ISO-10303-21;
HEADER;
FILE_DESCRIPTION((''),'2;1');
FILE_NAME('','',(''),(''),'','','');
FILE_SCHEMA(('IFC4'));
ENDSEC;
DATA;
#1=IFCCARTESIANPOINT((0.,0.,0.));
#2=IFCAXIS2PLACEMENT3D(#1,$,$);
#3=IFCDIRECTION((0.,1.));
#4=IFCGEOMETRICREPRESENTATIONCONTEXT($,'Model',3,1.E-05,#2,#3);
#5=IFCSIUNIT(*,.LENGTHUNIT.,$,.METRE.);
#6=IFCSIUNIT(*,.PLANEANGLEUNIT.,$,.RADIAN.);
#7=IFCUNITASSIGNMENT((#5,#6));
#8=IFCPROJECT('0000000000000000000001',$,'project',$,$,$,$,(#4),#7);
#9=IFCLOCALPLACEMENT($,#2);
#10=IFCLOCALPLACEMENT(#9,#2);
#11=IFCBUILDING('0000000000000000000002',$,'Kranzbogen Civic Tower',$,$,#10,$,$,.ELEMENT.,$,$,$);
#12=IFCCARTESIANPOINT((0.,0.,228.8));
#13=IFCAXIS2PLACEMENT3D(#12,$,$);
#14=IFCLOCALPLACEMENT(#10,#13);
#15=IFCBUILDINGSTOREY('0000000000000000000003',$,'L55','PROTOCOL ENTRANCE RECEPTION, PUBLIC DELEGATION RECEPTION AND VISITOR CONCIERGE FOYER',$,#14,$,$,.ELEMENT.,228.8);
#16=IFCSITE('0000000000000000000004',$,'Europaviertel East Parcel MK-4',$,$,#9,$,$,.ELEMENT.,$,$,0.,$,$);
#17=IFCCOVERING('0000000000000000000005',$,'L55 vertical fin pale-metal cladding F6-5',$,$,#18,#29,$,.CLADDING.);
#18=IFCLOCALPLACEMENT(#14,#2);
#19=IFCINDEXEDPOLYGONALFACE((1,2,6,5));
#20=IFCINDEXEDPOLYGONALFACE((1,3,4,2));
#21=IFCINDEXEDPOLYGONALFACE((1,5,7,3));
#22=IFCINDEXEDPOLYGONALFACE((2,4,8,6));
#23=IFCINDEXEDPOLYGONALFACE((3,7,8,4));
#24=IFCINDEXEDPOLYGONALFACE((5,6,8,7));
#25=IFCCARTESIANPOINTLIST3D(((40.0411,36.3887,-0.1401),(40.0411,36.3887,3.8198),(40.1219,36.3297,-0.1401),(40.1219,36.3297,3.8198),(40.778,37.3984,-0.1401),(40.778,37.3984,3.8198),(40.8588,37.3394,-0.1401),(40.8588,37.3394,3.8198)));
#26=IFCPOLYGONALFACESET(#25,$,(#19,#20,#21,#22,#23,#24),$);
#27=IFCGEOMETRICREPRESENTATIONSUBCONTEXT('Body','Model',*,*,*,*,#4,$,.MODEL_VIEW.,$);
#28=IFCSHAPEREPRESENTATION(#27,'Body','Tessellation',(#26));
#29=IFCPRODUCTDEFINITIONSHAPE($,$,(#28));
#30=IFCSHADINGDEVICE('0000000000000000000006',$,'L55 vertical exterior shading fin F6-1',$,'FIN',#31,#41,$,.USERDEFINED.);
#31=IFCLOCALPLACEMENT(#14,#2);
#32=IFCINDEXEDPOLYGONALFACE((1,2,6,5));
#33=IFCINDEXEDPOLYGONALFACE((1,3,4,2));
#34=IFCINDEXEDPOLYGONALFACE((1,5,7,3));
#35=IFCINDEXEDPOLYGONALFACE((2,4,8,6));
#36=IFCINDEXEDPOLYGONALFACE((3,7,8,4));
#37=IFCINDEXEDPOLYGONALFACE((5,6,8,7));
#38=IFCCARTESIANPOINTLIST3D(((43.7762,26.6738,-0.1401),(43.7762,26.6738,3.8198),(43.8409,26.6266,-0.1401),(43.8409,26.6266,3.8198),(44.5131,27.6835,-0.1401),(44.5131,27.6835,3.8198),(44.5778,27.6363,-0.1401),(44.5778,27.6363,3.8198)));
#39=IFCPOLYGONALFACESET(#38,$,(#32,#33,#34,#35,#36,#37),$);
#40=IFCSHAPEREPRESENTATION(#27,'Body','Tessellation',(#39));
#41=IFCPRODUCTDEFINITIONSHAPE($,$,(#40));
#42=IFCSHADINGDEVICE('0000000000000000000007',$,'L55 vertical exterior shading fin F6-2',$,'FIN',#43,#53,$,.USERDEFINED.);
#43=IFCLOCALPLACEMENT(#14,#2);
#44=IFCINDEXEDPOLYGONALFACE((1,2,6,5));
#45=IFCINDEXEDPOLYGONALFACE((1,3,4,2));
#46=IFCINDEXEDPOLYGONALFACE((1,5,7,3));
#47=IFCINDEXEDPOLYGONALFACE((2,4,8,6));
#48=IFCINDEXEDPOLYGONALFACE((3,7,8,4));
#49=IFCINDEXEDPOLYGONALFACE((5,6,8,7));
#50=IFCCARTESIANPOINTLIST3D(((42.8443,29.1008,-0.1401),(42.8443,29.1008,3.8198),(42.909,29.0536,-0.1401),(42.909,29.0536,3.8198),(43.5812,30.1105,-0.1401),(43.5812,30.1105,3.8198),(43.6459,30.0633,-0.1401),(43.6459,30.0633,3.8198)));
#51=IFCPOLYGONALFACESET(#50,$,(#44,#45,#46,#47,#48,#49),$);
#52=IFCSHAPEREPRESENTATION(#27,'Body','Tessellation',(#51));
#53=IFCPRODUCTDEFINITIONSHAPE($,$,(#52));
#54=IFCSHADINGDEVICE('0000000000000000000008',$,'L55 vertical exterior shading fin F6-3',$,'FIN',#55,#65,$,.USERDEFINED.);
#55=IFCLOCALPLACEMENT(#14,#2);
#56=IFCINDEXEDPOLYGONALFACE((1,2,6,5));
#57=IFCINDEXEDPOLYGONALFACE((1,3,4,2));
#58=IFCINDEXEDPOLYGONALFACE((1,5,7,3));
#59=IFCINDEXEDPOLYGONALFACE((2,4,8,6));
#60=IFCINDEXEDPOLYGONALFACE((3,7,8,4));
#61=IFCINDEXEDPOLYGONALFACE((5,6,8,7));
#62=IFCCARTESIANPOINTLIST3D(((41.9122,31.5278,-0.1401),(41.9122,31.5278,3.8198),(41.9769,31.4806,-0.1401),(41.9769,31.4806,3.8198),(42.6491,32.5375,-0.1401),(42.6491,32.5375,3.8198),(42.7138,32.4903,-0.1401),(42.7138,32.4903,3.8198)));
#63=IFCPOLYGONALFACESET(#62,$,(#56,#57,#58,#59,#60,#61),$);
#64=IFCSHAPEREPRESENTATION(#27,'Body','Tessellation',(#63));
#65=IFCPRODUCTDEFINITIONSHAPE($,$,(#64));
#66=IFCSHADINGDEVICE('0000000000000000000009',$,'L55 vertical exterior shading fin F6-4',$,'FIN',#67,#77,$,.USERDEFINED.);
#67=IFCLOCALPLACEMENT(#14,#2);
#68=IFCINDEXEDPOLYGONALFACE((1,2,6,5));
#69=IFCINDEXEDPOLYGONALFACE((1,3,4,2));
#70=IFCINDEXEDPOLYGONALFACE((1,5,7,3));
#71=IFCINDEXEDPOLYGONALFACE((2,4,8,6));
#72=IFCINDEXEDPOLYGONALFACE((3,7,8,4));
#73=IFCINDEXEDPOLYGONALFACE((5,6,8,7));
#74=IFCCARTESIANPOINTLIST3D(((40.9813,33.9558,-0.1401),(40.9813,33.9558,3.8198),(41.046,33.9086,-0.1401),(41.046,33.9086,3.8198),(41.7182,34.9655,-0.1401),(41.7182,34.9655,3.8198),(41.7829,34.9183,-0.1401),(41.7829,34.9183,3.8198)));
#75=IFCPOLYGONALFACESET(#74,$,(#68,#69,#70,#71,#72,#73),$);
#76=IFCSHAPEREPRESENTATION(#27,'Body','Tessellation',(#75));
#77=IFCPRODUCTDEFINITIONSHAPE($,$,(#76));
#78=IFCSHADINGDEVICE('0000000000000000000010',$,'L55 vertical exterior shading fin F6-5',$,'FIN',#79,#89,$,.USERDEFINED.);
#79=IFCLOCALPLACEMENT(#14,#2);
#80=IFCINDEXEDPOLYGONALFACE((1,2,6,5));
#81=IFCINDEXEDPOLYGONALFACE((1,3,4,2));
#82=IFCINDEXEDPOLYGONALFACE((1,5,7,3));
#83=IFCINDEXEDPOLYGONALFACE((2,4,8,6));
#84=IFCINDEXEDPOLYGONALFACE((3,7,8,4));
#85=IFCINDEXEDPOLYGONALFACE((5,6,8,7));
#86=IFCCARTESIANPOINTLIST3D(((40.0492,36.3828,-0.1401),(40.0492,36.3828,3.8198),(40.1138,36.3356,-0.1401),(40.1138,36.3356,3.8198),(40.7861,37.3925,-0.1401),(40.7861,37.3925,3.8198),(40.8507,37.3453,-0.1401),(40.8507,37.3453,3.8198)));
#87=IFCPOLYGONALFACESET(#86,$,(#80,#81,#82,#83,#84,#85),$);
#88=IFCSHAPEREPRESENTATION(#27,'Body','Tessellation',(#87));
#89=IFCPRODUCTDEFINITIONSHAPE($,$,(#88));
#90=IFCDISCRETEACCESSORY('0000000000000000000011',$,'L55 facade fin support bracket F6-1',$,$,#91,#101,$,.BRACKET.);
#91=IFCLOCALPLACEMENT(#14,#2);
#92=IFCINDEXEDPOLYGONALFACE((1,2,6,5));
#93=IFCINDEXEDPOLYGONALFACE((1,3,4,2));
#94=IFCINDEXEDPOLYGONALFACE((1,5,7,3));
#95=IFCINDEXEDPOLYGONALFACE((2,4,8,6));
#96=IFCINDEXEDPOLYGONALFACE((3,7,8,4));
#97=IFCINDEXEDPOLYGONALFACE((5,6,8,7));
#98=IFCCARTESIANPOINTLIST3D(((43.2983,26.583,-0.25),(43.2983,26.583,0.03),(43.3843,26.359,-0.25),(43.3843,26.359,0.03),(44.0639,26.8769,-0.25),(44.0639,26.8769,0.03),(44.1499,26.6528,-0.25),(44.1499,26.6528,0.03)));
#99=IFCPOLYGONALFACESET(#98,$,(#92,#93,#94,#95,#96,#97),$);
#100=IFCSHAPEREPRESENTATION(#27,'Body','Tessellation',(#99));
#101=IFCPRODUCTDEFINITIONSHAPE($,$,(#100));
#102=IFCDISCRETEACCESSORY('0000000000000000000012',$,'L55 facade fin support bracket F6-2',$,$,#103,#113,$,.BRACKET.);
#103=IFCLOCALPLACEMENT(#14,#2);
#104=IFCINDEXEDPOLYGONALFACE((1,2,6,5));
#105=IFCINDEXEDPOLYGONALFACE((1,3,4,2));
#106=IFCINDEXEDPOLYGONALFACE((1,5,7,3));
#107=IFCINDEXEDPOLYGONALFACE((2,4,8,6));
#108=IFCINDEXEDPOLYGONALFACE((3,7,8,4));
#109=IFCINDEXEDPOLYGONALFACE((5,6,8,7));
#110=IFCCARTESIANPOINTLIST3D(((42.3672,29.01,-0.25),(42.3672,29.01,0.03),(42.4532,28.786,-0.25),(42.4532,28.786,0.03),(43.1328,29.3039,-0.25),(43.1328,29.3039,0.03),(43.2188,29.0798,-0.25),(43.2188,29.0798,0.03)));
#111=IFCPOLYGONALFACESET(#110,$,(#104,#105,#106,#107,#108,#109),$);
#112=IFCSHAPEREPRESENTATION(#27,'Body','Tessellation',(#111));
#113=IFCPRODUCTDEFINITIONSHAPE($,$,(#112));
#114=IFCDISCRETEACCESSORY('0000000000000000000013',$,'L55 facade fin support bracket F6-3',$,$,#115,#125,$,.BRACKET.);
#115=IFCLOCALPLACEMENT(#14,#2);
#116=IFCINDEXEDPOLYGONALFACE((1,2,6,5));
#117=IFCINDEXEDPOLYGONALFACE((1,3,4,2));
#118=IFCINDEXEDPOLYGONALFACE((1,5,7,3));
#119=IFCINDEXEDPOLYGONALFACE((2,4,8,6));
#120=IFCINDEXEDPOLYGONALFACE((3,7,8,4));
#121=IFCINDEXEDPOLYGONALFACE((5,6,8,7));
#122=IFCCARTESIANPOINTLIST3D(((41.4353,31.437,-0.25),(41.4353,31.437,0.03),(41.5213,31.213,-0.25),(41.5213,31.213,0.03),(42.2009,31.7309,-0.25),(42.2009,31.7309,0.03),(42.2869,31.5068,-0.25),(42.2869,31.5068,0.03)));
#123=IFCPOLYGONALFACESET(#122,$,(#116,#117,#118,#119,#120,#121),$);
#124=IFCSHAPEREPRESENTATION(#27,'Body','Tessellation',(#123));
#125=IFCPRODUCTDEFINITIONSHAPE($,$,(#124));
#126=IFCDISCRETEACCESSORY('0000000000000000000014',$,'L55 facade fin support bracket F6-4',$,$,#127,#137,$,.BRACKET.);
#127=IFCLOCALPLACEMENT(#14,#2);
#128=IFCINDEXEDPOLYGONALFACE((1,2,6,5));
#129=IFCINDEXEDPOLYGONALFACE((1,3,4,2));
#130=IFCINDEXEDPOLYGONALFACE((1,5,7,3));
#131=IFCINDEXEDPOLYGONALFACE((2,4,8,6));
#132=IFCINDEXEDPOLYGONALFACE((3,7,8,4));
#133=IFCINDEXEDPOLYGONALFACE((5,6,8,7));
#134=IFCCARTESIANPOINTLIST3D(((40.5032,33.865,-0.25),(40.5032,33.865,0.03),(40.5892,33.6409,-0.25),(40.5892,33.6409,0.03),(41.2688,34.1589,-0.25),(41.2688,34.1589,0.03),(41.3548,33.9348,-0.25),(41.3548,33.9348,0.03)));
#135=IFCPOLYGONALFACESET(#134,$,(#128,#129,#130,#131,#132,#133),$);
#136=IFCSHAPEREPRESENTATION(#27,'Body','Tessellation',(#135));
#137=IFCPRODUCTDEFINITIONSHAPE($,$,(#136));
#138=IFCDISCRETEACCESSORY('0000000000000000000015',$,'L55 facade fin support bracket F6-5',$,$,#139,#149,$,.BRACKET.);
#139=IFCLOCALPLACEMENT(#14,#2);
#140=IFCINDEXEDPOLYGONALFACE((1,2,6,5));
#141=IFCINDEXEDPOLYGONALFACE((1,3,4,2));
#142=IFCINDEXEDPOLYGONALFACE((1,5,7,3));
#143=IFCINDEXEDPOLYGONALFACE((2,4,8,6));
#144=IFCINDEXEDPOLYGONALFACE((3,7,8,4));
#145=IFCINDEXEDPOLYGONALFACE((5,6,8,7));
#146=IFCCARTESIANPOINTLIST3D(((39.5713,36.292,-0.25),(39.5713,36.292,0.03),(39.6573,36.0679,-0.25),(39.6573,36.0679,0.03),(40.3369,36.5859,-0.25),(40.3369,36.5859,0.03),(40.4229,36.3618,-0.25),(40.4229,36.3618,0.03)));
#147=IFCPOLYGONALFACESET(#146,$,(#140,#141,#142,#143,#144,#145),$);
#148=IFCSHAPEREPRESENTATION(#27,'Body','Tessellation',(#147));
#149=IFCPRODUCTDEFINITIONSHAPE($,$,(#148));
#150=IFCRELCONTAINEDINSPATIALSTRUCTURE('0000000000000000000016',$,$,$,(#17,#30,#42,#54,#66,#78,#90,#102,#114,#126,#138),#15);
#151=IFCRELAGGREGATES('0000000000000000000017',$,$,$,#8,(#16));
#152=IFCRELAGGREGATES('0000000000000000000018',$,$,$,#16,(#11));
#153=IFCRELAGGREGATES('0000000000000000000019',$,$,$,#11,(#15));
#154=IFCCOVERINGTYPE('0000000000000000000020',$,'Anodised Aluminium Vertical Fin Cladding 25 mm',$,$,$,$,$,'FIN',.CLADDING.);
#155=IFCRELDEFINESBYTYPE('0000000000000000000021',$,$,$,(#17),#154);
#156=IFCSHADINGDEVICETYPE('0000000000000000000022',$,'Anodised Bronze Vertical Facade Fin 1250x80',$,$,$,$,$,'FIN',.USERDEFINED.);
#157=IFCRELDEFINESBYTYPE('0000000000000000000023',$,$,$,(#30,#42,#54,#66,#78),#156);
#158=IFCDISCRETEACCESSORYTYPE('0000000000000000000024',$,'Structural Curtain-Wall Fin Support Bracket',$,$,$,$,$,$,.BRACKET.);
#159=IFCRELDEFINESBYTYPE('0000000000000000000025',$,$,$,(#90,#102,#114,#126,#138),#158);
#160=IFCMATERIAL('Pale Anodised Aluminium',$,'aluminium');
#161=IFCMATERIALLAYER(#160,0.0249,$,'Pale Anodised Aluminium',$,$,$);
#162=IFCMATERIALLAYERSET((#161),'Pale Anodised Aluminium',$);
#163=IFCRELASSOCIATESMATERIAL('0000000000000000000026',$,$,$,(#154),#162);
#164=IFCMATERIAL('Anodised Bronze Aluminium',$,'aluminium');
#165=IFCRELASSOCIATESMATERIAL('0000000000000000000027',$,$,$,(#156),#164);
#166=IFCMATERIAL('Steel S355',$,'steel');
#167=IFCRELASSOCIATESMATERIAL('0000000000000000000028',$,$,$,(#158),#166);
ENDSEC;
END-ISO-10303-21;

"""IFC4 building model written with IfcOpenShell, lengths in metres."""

from ifc_helpers import new_model, si_unit, direction, frame, origin, origin_2d, place, context, subcontext, project, spatial, rectangle, extrude, material, layer, layer_set, type_object, element, save


model = new_model("IFC4")

# Units and contexts
model_context = context("Model", 3, precision=1e-05, world=origin(), true_north=direction((0.0, 1.0)))
body_context = subcontext(model_context, "Body", "Model", "MODEL_VIEW")
ifc_project = project(units=[si_unit("LENGTHUNIT", "METRE"), si_unit("PLANEANGLEUNIT", "RADIAN")], contexts=[model_context])

# Site, building, storey
site_placement = place(None, origin())
site = spatial("IfcSite", under=ifc_project, at=site_placement, Name="Europaviertel East Parcel MK-4", CompositionType="ELEMENT", RefElevation=0.0)
building_placement = place(site_placement, origin())
building = spatial("IfcBuilding", under=site, at=building_placement, Name="Kranzbogen Civic Tower", CompositionType="ELEMENT")
storey_placement = place(building_placement, frame((0.0, 0.0, 228.8)))
storey = spatial("IfcBuildingStorey", under=building, at=storey_placement, Name="L55", Description="PROTOCOL ENTRANCE RECEPTION, PUBLIC DELEGATION RECEPTION AND VISITOR CONCIERGE FOYER", CompositionType="ELEMENT", Elevation=228.8)

# Shared definitions
ifc_material_1 = material(Name="Steel S355", Category="steel")

# Shared definitions
ifc_material_2 = material(Name="Pale Anodised Aluminium", Category="aluminium")

# Covering
ifc_layer_1 = layer(ifc_material_2, 0.0249, Name="Pale Anodised Aluminium")
ifc_layer_set_1 = layer_set([ifc_layer_1], Name="Pale Anodised Aluminium")
covering_type = type_object("IfcCoveringType", Name="Anodised Aluminium Vertical Fin Cladding 25 mm", ElementType="FIN", PredefinedType="CLADDING", material=ifc_layer_set_1)
for number, where, z_axis, x_axis, name in (
    (1, (40.45, 36.864, -0.1401), (0.0, 0.0, 1.0), (0.589521, 0.807753, 0.0), "L55 vertical fin pale-metal cladding F6-5"),
):
    element("IfcCovering", number, at=place(storey_placement, frame(where, z_axis=z_axis, x_axis=x_axis)), inside=storey, type_object=covering_type, Name=name, PredefinedType="CLADDING", context=body_context, shape_type="SweptSolid", body=[
        extrude(rectangle(XDim=1.25, YDim=0.1001, at=origin_2d()), origin(), (0.0, 0.0, 1.0), 3.96),
    ])

# Shading devices
ifc_material_3 = material(Name="Anodised Bronze Aluminium", Category="aluminium")
shading_device_type = type_object("IfcShadingDeviceType", Name="Anodised Bronze Vertical Facade Fin 1250x80", ElementType="FIN", PredefinedType="USERDEFINED", material=ifc_material_3)
for number, where, z_axis, x_axis, name in (
    (2, (44.177, 27.155, -0.1401), (0.0, 0.0, 1.0), (0.589521, 0.807753, 0.0), "L55 vertical exterior shading fin F6-1"),
    (3, (43.2451, 29.582, -0.1401), (0.0, 0.0, 1.0), (0.589521, 0.807753, 0.0), "L55 vertical exterior shading fin F6-2"),
    (4, (42.313, 32.009, -0.1401), (0.0, 0.0, 1.0), (0.589521, 0.807753, 0.0), "L55 vertical exterior shading fin F6-3"),
    (5, (41.3821, 34.437, -0.1401), (0.0, 0.0, 1.0), (0.589521, 0.807753, 0.0), "L55 vertical exterior shading fin F6-4"),
    (6, (40.45, 36.864, -0.1401), (0.0, 0.0, 1.0), (0.589521, 0.807753, 0.0), "L55 vertical exterior shading fin F6-5"),
):
    element("IfcShadingDevice", number, at=place(storey_placement, frame(where, z_axis=z_axis, x_axis=x_axis)), inside=storey, type_object=shading_device_type, Name=name, ObjectType="FIN", PredefinedType="USERDEFINED", context=body_context, shape_type="SweptSolid", body=[
        extrude(rectangle(XDim=1.25, YDim=0.0801, at=origin_2d()), origin(), (0.0, 0.0, 1.0), 3.96),
    ])

# Discrete accessories
discrete_accessory_type = type_object("IfcDiscreteAccessoryType", Name="Structural Curtain-Wall Fin Support Bracket", PredefinedType="BRACKET", material=ifc_material_1)
for number, where, z_axis, x_axis, name in (
    (7, (43.7241, 26.6179, -0.25), (0.0, 0.0, 1.0), (0.93358, 0.358368, 0.0), "L55 facade fin support bracket F6-1"),
    (8, (42.793, 29.0449, -0.25), (0.0, 0.0, 1.0), (0.93358, 0.358368, 0.0), "L55 facade fin support bracket F6-2"),
    (9, (41.8611, 31.4719, -0.25), (0.0, 0.0, 1.0), (0.93358, 0.358368, 0.0), "L55 facade fin support bracket F6-3"),
    (10, (40.929, 33.8999, -0.25), (0.0, 0.0, 1.0), (0.93358, 0.358368, 0.0), "L55 facade fin support bracket F6-4"),
    (11, (39.9971, 36.3269, -0.25), (0.0, 0.0, 1.0), (0.93358, 0.358368, 0.0), "L55 facade fin support bracket F6-5"),
):
    element("IfcDiscreteAccessory", number, at=place(storey_placement, frame(where, z_axis=z_axis, x_axis=x_axis)), inside=storey, type_object=discrete_accessory_type, Name=name, PredefinedType="BRACKET", context=body_context, shape_type="SweptSolid", body=[
        extrude(rectangle(XDim=0.8201, YDim=0.24, at=origin_2d()), origin(), (0.0, 0.0, 1.0), 0.28),
    ])

save(model, "model.ifc")
